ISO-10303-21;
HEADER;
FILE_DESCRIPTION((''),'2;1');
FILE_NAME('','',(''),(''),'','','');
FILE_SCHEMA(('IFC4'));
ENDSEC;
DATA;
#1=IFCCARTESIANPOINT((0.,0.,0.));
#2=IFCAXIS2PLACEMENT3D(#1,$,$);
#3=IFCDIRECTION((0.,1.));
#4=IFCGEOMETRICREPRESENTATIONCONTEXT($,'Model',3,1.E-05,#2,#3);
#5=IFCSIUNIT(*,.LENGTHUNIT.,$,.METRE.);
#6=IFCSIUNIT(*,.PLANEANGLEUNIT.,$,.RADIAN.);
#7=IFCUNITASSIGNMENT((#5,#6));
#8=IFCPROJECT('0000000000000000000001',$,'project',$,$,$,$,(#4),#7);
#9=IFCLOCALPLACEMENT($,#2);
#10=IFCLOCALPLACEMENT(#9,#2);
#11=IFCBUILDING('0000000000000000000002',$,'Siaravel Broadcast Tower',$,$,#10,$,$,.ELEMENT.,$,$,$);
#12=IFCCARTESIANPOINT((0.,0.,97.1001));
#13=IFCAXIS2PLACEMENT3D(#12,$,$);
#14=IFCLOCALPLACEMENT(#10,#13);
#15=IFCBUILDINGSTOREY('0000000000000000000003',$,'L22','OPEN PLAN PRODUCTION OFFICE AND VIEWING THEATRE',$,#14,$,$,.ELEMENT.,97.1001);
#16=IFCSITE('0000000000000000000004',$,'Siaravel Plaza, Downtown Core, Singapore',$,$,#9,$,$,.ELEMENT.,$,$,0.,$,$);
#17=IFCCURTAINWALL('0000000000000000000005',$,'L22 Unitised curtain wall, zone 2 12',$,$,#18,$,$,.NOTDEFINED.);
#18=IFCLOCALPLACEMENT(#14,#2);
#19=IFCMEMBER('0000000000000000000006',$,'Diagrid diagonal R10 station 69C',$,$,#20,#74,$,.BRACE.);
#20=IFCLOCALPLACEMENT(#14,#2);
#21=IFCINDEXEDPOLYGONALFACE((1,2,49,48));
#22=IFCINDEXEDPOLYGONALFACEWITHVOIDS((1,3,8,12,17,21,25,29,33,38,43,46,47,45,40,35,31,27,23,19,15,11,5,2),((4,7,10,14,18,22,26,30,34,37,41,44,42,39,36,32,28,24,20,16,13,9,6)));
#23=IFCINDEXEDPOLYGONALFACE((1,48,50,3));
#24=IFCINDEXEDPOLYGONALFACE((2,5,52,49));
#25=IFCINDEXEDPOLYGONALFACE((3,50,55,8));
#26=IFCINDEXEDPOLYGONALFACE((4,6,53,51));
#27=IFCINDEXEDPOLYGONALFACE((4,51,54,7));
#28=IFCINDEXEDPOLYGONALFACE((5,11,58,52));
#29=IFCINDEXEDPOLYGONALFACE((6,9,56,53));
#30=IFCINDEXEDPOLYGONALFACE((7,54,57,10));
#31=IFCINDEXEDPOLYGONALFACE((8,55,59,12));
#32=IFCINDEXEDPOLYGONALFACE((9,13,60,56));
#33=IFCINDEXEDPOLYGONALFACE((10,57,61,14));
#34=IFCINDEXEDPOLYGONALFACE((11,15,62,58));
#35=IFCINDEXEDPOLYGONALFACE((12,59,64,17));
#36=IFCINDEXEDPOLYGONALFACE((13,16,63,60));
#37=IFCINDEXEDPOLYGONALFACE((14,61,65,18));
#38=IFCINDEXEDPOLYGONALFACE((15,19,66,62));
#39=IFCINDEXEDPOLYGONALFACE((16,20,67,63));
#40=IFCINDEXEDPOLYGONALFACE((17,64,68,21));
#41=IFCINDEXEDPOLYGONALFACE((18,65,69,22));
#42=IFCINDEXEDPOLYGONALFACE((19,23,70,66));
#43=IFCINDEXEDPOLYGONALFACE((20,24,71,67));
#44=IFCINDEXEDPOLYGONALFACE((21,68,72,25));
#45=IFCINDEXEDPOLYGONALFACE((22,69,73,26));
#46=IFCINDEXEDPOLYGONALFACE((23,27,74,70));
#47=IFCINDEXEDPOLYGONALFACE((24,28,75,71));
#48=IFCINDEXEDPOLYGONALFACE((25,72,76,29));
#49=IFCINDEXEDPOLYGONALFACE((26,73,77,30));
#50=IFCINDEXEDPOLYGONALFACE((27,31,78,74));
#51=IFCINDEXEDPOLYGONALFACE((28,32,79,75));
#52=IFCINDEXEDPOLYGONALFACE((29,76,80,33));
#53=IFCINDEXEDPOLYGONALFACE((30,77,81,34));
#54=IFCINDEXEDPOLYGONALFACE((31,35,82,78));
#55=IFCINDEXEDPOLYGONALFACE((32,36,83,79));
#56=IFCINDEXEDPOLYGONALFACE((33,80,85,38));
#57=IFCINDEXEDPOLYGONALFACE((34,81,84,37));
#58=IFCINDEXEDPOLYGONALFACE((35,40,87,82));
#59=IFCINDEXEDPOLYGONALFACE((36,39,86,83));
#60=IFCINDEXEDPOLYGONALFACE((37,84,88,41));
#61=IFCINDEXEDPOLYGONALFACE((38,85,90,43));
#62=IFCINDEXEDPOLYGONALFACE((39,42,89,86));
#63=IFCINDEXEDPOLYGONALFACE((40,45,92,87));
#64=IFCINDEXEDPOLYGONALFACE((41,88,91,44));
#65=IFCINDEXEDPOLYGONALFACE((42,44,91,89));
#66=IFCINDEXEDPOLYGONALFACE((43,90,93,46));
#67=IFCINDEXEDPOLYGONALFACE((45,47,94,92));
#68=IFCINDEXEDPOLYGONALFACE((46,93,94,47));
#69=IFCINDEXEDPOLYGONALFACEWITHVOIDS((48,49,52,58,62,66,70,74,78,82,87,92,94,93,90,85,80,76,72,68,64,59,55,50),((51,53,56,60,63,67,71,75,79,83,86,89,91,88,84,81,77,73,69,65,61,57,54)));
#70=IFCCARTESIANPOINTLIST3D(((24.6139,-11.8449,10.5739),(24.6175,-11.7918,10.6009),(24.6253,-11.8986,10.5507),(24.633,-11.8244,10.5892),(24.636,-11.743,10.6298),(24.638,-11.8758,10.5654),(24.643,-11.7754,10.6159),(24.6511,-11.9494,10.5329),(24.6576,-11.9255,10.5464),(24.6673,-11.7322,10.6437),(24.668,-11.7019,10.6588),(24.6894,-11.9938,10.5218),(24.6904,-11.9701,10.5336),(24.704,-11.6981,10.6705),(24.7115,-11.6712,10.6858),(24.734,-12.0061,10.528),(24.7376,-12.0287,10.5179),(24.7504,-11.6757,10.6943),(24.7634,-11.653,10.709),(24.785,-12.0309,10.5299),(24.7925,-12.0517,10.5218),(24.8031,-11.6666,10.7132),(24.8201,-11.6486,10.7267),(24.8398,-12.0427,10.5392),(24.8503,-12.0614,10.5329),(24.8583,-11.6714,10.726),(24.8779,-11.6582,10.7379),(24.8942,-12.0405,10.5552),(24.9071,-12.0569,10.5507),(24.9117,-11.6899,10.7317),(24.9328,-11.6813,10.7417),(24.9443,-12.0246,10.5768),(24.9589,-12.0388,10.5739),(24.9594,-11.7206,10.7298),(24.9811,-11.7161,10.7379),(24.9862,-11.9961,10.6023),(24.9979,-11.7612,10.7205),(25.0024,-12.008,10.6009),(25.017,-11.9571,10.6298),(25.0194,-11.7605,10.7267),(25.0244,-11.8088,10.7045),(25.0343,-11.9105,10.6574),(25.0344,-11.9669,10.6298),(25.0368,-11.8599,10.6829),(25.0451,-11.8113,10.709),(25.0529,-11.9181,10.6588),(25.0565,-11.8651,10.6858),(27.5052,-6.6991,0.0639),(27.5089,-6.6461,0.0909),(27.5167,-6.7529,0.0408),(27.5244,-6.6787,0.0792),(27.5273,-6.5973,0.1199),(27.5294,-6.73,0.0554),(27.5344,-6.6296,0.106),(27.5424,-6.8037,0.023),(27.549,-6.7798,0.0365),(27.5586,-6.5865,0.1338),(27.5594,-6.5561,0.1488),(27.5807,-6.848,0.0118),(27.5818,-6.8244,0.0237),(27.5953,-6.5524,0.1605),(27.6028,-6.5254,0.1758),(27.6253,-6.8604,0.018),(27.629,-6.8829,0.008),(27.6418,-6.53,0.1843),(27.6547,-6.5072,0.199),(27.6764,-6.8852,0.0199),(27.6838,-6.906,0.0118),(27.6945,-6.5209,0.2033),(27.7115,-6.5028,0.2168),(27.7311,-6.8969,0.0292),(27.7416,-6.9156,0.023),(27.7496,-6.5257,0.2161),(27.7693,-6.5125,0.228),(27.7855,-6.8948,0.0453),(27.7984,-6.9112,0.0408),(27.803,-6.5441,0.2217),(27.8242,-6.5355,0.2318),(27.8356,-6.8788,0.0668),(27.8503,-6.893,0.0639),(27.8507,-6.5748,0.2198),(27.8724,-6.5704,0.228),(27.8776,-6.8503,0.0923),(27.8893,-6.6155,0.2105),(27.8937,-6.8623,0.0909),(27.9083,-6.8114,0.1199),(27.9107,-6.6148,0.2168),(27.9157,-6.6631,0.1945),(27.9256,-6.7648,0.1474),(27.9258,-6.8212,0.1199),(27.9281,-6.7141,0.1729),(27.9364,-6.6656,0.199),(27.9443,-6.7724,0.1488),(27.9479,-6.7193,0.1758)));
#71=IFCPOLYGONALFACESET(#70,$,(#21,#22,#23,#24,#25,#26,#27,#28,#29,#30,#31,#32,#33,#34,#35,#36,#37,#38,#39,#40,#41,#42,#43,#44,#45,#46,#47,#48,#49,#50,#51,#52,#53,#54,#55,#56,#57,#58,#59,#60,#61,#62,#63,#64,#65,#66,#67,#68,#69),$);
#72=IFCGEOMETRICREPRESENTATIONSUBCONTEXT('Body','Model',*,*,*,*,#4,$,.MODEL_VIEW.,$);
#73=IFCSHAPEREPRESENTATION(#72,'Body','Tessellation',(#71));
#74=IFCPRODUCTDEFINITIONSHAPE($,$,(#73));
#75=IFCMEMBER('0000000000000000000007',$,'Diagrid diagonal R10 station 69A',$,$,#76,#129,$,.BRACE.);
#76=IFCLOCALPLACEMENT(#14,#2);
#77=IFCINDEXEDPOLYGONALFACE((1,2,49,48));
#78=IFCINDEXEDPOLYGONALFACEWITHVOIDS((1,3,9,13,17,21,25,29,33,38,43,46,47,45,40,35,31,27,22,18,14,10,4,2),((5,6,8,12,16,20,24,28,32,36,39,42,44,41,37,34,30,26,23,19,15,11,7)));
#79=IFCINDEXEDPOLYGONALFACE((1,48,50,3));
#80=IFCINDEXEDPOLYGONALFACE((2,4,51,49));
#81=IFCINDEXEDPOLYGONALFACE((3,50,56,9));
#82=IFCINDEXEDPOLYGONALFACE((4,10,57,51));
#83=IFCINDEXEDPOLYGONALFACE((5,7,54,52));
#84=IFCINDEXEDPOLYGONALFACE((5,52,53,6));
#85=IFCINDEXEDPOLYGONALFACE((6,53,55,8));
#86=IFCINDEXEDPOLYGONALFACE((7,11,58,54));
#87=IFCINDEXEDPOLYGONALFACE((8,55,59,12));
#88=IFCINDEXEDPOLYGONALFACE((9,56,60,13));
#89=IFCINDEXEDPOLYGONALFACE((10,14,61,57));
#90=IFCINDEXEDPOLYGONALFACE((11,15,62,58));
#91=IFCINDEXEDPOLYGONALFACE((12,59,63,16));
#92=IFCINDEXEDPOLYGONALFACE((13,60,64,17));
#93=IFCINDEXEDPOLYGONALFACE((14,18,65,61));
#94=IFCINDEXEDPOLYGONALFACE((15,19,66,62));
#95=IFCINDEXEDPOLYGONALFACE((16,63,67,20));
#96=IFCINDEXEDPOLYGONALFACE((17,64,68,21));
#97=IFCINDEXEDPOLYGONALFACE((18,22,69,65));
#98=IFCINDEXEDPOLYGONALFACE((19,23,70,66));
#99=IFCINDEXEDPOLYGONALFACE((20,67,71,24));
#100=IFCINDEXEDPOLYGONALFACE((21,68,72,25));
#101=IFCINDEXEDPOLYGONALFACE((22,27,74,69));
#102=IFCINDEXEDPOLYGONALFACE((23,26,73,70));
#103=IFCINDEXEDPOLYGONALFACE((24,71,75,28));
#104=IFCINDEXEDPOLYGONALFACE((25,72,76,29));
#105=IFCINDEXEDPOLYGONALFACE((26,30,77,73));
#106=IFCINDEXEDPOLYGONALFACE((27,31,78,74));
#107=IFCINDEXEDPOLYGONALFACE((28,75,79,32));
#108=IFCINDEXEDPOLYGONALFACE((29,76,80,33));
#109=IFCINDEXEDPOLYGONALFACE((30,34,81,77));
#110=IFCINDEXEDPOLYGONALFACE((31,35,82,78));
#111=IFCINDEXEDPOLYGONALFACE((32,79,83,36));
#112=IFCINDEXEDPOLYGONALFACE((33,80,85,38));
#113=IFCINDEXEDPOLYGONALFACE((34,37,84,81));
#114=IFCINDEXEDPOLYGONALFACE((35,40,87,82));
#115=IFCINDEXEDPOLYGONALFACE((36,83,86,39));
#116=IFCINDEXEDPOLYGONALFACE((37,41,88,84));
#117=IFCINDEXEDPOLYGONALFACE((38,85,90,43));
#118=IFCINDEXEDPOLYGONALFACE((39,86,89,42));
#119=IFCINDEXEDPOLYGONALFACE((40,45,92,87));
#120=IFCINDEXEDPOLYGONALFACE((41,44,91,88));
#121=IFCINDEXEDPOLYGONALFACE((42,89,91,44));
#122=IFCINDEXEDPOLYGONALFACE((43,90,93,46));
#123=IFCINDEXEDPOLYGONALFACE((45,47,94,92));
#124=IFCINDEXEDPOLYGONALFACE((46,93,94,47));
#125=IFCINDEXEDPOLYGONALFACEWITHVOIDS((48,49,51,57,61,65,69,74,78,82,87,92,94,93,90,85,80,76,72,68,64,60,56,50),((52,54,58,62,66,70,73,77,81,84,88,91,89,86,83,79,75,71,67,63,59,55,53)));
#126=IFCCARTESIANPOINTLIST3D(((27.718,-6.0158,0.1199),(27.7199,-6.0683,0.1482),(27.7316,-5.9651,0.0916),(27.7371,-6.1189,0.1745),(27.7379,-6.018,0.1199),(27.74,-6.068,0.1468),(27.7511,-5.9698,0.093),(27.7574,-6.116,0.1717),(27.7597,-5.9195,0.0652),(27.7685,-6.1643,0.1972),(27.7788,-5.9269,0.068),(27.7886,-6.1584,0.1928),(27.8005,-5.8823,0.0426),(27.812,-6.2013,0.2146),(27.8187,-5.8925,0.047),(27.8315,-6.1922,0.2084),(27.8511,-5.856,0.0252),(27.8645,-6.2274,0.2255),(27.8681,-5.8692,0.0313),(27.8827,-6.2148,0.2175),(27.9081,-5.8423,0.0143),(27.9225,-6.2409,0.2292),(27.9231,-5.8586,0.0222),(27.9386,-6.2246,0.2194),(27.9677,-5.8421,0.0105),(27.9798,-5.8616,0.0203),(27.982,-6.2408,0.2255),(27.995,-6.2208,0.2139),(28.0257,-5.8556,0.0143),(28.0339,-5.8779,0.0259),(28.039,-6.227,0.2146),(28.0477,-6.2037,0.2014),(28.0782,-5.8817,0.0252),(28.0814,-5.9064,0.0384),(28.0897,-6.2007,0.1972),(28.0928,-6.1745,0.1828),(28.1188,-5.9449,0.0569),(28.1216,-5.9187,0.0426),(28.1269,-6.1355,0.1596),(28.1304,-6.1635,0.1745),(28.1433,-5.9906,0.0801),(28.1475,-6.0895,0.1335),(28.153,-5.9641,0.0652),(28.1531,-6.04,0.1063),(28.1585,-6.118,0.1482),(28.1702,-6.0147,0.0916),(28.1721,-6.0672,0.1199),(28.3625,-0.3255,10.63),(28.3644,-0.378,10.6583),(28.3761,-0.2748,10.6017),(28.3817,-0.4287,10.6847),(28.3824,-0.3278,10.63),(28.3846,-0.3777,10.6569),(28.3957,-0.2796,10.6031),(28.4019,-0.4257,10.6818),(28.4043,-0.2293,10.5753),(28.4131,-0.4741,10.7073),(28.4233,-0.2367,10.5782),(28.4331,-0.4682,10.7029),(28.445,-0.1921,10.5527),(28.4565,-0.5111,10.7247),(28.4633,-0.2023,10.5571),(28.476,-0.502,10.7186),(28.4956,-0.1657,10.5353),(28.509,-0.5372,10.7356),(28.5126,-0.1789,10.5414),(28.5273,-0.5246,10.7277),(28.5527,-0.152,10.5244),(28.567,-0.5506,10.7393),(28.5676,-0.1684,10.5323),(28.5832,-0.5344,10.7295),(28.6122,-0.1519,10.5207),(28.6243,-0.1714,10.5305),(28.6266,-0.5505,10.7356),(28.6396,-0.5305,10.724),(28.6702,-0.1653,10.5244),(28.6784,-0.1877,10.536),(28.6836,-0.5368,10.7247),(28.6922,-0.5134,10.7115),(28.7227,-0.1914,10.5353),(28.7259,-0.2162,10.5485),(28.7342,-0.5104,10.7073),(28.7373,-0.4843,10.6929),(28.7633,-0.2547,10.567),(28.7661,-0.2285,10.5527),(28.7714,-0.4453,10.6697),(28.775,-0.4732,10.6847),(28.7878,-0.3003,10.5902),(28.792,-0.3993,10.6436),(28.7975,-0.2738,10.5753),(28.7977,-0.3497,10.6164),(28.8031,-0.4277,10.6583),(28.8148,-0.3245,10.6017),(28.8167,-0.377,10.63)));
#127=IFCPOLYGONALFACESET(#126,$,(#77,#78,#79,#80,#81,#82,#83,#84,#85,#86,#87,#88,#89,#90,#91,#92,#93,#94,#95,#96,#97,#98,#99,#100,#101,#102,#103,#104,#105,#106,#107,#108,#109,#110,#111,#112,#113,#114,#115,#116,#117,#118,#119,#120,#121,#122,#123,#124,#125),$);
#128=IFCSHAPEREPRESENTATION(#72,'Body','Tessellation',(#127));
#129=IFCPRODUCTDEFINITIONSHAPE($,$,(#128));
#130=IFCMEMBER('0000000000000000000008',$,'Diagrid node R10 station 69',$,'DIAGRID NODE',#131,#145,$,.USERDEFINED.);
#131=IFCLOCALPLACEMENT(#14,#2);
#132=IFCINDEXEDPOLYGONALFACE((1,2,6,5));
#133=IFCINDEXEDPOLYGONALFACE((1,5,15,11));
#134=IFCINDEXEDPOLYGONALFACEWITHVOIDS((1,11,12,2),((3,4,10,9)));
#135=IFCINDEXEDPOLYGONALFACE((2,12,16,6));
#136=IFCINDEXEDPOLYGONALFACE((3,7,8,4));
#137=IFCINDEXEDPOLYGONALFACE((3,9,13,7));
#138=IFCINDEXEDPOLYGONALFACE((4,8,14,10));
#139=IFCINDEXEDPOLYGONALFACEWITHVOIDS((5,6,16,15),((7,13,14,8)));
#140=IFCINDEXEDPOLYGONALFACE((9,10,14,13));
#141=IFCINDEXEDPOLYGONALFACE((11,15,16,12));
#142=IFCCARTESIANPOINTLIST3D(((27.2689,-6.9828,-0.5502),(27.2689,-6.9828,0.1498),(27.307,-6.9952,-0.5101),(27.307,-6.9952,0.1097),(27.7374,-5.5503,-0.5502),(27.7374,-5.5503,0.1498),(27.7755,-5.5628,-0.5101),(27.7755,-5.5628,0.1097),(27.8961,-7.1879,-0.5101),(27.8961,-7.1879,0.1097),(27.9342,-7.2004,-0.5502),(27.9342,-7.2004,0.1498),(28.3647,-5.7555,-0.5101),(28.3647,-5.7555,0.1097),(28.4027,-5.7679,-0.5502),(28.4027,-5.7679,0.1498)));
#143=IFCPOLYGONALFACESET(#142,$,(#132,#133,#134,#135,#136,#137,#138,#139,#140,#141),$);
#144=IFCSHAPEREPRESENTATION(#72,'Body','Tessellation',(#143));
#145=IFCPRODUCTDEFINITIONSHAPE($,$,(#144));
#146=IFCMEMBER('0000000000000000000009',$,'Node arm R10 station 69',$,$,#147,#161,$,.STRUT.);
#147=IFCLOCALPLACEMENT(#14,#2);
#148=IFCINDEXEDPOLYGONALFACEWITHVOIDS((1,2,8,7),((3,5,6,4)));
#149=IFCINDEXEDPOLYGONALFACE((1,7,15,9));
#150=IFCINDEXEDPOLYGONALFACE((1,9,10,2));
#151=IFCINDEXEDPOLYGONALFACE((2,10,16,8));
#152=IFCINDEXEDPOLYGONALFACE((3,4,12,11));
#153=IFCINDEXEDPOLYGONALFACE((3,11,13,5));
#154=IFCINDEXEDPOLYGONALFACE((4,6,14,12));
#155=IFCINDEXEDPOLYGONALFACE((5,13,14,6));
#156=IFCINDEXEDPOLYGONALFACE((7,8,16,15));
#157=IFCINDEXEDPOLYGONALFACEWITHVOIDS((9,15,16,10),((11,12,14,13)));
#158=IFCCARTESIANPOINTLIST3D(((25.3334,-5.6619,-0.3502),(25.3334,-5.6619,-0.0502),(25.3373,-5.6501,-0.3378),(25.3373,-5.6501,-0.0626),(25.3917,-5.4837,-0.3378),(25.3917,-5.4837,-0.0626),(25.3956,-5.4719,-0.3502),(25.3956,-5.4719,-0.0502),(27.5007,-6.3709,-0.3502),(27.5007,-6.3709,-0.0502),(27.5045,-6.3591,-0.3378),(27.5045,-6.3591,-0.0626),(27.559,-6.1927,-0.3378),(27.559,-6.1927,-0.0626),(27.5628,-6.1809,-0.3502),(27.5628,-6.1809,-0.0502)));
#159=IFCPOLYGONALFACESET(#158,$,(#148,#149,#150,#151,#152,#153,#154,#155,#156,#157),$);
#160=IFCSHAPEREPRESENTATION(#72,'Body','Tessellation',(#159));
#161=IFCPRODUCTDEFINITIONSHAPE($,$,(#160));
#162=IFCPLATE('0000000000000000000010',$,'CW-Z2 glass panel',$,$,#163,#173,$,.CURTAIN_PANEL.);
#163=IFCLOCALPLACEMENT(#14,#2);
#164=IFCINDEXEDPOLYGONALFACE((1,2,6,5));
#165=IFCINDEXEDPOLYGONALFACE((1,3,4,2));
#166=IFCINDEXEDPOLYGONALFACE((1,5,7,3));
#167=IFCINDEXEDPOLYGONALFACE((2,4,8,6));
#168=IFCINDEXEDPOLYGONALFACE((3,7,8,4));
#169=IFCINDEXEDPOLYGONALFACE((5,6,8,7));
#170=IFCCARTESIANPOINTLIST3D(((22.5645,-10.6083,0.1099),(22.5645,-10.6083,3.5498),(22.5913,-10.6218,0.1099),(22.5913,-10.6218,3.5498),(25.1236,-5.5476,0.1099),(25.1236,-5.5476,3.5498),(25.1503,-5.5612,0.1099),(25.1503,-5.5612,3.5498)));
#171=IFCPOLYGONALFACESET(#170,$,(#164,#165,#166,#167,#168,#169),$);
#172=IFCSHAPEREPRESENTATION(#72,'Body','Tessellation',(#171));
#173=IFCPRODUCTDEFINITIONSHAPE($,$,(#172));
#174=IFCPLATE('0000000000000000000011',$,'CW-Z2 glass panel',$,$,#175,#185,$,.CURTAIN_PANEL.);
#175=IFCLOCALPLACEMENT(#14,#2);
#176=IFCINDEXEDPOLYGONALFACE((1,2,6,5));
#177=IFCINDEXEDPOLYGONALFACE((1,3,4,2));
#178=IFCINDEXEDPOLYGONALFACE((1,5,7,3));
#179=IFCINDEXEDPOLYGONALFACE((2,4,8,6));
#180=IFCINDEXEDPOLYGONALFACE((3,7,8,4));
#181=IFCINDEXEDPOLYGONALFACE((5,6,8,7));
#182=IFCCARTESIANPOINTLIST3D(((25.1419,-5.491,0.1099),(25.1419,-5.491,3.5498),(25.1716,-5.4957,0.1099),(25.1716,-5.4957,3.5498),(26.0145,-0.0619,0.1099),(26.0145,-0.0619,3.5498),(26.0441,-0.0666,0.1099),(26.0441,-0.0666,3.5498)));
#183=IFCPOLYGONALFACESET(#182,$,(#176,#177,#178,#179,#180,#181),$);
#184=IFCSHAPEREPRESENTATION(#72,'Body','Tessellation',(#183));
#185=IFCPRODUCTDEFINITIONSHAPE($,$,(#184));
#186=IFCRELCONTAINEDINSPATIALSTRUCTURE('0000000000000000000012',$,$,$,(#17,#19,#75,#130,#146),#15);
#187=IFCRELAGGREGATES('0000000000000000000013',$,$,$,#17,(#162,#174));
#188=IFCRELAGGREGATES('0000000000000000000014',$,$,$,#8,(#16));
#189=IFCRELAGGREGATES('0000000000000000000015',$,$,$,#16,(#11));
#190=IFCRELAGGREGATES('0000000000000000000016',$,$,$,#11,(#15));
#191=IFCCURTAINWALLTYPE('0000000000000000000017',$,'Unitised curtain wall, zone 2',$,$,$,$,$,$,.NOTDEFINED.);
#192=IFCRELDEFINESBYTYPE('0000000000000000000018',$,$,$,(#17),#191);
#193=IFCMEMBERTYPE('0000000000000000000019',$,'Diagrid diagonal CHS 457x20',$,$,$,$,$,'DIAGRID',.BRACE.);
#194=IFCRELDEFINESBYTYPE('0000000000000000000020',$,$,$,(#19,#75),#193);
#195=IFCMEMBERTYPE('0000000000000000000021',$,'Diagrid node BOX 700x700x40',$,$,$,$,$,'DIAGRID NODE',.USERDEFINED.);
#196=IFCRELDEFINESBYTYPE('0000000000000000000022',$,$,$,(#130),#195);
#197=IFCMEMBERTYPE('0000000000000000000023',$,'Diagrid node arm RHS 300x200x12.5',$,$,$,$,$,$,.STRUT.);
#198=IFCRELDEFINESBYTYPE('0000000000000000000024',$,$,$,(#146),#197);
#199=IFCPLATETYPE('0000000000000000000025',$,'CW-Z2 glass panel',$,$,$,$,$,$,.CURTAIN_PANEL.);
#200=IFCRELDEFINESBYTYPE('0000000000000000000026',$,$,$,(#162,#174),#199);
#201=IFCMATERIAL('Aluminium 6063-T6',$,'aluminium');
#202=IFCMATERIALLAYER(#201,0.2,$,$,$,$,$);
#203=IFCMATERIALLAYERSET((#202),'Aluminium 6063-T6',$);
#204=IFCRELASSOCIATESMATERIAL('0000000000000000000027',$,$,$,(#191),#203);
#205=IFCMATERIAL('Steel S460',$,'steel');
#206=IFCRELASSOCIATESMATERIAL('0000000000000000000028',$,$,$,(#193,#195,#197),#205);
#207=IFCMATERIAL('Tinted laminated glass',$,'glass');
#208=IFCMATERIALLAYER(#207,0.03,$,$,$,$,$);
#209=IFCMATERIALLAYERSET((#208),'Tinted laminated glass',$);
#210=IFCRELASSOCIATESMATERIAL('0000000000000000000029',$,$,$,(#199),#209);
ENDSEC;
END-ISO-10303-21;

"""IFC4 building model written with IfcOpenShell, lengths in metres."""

from ifc_helpers import new_model, si_unit, direction, frame, origin, origin_2d, place, context, subcontext, project, spatial, rectangle, hollow_rectangle, hollow_circle, extrude, material, layer, layer_set, material_profile, profile_set, type_object, element, aggregate, save


model = new_model("IFC4")

# Units and contexts
model_context = context("Model", 3, precision=1e-05, world=origin(), true_north=direction((0.0, 1.0)))
body_context = subcontext(model_context, "Body", "Model", "MODEL_VIEW")
ifc_project = project(units=[si_unit("LENGTHUNIT", "METRE"), si_unit("PLANEANGLEUNIT", "RADIAN")], contexts=[model_context])

# Site, building, storey
site_placement = place(None, origin())
site = spatial("IfcSite", under=ifc_project, at=site_placement, Name="Siaravel Plaza, Downtown Core, Singapore", CompositionType="ELEMENT", RefElevation=0.0)
building_placement = place(site_placement, origin())
building = spatial("IfcBuilding", under=site, at=building_placement, Name="Siaravel Broadcast Tower", CompositionType="ELEMENT")
storey_placement = place(building_placement, frame((0.0, 0.0, 97.1001)))
storey = spatial("IfcBuildingStorey", under=building, at=storey_placement, Name="L22", Description="OPEN PLAN PRODUCTION OFFICE AND VIEWING THEATRE", CompositionType="ELEMENT", Elevation=97.1001)

# Curtain wall
ifc_material_1 = material(Name="Aluminium 6063-T6", Category="aluminium")
ifc_layer_1 = layer(ifc_material_1, 0.2)
ifc_layer_set_1 = layer_set([ifc_layer_1], Name="Aluminium 6063-T6")
curtain_wall_type = type_object("IfcCurtainWallType", Name="Unitised curtain wall, zone 2", PredefinedType="NOTDEFINED", material=ifc_layer_set_1)
curtain_wall_placement = place(storey_placement, origin())
curtain_wall = element("IfcCurtainWall", 1, at=curtain_wall_placement, inside=storey, type_object=curtain_wall_type, Name="L22 Unitised curtain wall, zone 2 12", PredefinedType="NOTDEFINED")

# Members
ifc_material_2 = material(Name="Steel S460", Category="steel")
ifc_material_profile_1 = material_profile(ifc_material_2, hollow_circle(Radius=0.2285, WallThickness=0.02, at=origin_2d()))
ifc_profile_set_1 = profile_set([ifc_material_profile_1], Name="Steel S460")
member_type_1 = type_object("IfcMemberType", Name="Diagrid diagonal CHS 457x20", ElementType="DIAGRID", PredefinedType="BRACE", material=ifc_profile_set_1)
member_1_placement = place(storey_placement, frame((27.7266, -6.7092, 0.1199), z_axis=(-0.239867, -0.426892, 0.87191), x_axis=(0.871802, -0.489859, 0.0)))
element("IfcMember", 2, at=member_1_placement, inside=storey, type_object=member_type_1, Name="Diagrid diagonal R10 station 69C", PredefinedType="BRACE", context=body_context, shape_type="SweptSolid", body=[
    extrude(hollow_circle(Radius=0.2285, WallThickness=0.02, at=origin_2d()), origin(), (0.0, 0.0, 1.0), 12.054),
])
member_2_placement = place(storey_placement, frame((27.9451, -6.0415, 0.1199), z_axis=(0.053851, 0.475415, 0.878112), x_axis=(-0.993646, 0.112551, 0.0)))
element("IfcMember", 3, at=member_2_placement, inside=storey, type_object=member_type_1, Name="Diagrid diagonal R10 station 69A", PredefinedType="BRACE", context=body_context, shape_type="SweptSolid", body=[
    extrude(hollow_circle(Radius=0.2285, WallThickness=0.02, at=origin_2d()), origin(), (0.0, 0.0, 1.0), 11.969),
])
ifc_material_profile_2 = material_profile(ifc_material_2, hollow_rectangle(XDim=0.7, YDim=0.7, WallThickness=0.04, at=origin_2d()))
ifc_profile_set_2 = profile_set([ifc_material_profile_2], Name="Steel S460")
member_type_2 = type_object("IfcMemberType", Name="Diagrid node BOX 700x700x40", ElementType="DIAGRID NODE", PredefinedType="USERDEFINED", material=ifc_profile_set_2)
member_3_placement = place(storey_placement, frame((27.6016, -7.0916, -0.2002), z_axis=(0.310877, 0.95045, 0.0), x_axis=(-0.95045, 0.310877, 0.0)))
element("IfcMember", 4, at=member_3_placement, inside=storey, type_object=member_type_2, Name="Diagrid node R10 station 69", ObjectType="DIAGRID NODE", PredefinedType="USERDEFINED", context=body_context, shape_type="SweptSolid", body=[
    extrude(hollow_rectangle(XDim=0.7, YDim=0.7, WallThickness=0.04, at=origin_2d()), origin(), (0.0, 0.0, 1.0), 1.5071),
])
ifc_material_profile_3 = material_profile(ifc_material_2, hollow_rectangle(XDim=0.2, YDim=0.3, WallThickness=0.0125, at=origin_2d()))
ifc_profile_set_3 = profile_set([ifc_material_profile_3], Name="Steel S460")
member_type_3 = type_object("IfcMemberType", Name="Diagrid node arm RHS 300x200x12.5", PredefinedType="STRUT", material=ifc_profile_set_3)
member_4_placement = place(storey_placement, frame((25.3645, -5.5669, -0.2002), z_axis=(0.950435, -0.310923, 0.0), x_axis=(0.310923, 0.950435, 0.0)))
element("IfcMember", 5, at=member_4_placement, inside=storey, type_object=member_type_3, Name="Node arm R10 station 69", PredefinedType="STRUT", context=body_context, shape_type="SweptSolid", body=[
    extrude(hollow_rectangle(XDim=0.2, YDim=0.3, WallThickness=0.0125, at=origin_2d()), origin(), (0.0, 0.0, 1.0), 2.2803),
])

# Plates
ifc_material_3 = material(Name="Tinted laminated glass", Category="glass")
ifc_layer_2 = layer(ifc_material_3, 0.03)
ifc_layer_set_2 = layer_set([ifc_layer_2], Name="Tinted laminated glass")
plate_type = type_object("IfcPlateType", Name="CW-Z2 glass panel", PredefinedType="CURTAIN_PANEL", material=ifc_layer_set_2)
plate_1_placement = place(storey_placement, frame((23.8574, -8.0847, 0.1099), z_axis=(0.0, 0.0, 1.0), x_axis=(0.451261, 0.892392, 0.0)))
plate_1 = element("IfcPlate", 6, at=plate_1_placement, type_object=plate_type, Name="CW-Z2 glass panel", PredefinedType="CURTAIN_PANEL", context=body_context, shape_type="SweptSolid", body=[
    extrude(rectangle(XDim=5.6709, YDim=0.03, at=origin_2d()), origin(), (0.0, 0.0, 1.0), 3.4399),
])
plate_2_placement = place(storey_placement, frame((25.593, -2.7788, 0.1099), z_axis=(0.0, 0.0, 1.0), x_axis=(0.158686, 0.987329, 0.0)))
plate_2 = element("IfcPlate", 7, at=plate_2_placement, type_object=plate_type, Name="CW-Z2 glass panel", PredefinedType="CURTAIN_PANEL", context=body_context, shape_type="SweptSolid", body=[
    extrude(rectangle(XDim=5.4988, YDim=0.03, at=origin_2d()), origin(), (0.0, 0.0, 1.0), 3.4399),
])
aggregate(curtain_wall, [plate_1, plate_2])

save(model, "model.ifc")
